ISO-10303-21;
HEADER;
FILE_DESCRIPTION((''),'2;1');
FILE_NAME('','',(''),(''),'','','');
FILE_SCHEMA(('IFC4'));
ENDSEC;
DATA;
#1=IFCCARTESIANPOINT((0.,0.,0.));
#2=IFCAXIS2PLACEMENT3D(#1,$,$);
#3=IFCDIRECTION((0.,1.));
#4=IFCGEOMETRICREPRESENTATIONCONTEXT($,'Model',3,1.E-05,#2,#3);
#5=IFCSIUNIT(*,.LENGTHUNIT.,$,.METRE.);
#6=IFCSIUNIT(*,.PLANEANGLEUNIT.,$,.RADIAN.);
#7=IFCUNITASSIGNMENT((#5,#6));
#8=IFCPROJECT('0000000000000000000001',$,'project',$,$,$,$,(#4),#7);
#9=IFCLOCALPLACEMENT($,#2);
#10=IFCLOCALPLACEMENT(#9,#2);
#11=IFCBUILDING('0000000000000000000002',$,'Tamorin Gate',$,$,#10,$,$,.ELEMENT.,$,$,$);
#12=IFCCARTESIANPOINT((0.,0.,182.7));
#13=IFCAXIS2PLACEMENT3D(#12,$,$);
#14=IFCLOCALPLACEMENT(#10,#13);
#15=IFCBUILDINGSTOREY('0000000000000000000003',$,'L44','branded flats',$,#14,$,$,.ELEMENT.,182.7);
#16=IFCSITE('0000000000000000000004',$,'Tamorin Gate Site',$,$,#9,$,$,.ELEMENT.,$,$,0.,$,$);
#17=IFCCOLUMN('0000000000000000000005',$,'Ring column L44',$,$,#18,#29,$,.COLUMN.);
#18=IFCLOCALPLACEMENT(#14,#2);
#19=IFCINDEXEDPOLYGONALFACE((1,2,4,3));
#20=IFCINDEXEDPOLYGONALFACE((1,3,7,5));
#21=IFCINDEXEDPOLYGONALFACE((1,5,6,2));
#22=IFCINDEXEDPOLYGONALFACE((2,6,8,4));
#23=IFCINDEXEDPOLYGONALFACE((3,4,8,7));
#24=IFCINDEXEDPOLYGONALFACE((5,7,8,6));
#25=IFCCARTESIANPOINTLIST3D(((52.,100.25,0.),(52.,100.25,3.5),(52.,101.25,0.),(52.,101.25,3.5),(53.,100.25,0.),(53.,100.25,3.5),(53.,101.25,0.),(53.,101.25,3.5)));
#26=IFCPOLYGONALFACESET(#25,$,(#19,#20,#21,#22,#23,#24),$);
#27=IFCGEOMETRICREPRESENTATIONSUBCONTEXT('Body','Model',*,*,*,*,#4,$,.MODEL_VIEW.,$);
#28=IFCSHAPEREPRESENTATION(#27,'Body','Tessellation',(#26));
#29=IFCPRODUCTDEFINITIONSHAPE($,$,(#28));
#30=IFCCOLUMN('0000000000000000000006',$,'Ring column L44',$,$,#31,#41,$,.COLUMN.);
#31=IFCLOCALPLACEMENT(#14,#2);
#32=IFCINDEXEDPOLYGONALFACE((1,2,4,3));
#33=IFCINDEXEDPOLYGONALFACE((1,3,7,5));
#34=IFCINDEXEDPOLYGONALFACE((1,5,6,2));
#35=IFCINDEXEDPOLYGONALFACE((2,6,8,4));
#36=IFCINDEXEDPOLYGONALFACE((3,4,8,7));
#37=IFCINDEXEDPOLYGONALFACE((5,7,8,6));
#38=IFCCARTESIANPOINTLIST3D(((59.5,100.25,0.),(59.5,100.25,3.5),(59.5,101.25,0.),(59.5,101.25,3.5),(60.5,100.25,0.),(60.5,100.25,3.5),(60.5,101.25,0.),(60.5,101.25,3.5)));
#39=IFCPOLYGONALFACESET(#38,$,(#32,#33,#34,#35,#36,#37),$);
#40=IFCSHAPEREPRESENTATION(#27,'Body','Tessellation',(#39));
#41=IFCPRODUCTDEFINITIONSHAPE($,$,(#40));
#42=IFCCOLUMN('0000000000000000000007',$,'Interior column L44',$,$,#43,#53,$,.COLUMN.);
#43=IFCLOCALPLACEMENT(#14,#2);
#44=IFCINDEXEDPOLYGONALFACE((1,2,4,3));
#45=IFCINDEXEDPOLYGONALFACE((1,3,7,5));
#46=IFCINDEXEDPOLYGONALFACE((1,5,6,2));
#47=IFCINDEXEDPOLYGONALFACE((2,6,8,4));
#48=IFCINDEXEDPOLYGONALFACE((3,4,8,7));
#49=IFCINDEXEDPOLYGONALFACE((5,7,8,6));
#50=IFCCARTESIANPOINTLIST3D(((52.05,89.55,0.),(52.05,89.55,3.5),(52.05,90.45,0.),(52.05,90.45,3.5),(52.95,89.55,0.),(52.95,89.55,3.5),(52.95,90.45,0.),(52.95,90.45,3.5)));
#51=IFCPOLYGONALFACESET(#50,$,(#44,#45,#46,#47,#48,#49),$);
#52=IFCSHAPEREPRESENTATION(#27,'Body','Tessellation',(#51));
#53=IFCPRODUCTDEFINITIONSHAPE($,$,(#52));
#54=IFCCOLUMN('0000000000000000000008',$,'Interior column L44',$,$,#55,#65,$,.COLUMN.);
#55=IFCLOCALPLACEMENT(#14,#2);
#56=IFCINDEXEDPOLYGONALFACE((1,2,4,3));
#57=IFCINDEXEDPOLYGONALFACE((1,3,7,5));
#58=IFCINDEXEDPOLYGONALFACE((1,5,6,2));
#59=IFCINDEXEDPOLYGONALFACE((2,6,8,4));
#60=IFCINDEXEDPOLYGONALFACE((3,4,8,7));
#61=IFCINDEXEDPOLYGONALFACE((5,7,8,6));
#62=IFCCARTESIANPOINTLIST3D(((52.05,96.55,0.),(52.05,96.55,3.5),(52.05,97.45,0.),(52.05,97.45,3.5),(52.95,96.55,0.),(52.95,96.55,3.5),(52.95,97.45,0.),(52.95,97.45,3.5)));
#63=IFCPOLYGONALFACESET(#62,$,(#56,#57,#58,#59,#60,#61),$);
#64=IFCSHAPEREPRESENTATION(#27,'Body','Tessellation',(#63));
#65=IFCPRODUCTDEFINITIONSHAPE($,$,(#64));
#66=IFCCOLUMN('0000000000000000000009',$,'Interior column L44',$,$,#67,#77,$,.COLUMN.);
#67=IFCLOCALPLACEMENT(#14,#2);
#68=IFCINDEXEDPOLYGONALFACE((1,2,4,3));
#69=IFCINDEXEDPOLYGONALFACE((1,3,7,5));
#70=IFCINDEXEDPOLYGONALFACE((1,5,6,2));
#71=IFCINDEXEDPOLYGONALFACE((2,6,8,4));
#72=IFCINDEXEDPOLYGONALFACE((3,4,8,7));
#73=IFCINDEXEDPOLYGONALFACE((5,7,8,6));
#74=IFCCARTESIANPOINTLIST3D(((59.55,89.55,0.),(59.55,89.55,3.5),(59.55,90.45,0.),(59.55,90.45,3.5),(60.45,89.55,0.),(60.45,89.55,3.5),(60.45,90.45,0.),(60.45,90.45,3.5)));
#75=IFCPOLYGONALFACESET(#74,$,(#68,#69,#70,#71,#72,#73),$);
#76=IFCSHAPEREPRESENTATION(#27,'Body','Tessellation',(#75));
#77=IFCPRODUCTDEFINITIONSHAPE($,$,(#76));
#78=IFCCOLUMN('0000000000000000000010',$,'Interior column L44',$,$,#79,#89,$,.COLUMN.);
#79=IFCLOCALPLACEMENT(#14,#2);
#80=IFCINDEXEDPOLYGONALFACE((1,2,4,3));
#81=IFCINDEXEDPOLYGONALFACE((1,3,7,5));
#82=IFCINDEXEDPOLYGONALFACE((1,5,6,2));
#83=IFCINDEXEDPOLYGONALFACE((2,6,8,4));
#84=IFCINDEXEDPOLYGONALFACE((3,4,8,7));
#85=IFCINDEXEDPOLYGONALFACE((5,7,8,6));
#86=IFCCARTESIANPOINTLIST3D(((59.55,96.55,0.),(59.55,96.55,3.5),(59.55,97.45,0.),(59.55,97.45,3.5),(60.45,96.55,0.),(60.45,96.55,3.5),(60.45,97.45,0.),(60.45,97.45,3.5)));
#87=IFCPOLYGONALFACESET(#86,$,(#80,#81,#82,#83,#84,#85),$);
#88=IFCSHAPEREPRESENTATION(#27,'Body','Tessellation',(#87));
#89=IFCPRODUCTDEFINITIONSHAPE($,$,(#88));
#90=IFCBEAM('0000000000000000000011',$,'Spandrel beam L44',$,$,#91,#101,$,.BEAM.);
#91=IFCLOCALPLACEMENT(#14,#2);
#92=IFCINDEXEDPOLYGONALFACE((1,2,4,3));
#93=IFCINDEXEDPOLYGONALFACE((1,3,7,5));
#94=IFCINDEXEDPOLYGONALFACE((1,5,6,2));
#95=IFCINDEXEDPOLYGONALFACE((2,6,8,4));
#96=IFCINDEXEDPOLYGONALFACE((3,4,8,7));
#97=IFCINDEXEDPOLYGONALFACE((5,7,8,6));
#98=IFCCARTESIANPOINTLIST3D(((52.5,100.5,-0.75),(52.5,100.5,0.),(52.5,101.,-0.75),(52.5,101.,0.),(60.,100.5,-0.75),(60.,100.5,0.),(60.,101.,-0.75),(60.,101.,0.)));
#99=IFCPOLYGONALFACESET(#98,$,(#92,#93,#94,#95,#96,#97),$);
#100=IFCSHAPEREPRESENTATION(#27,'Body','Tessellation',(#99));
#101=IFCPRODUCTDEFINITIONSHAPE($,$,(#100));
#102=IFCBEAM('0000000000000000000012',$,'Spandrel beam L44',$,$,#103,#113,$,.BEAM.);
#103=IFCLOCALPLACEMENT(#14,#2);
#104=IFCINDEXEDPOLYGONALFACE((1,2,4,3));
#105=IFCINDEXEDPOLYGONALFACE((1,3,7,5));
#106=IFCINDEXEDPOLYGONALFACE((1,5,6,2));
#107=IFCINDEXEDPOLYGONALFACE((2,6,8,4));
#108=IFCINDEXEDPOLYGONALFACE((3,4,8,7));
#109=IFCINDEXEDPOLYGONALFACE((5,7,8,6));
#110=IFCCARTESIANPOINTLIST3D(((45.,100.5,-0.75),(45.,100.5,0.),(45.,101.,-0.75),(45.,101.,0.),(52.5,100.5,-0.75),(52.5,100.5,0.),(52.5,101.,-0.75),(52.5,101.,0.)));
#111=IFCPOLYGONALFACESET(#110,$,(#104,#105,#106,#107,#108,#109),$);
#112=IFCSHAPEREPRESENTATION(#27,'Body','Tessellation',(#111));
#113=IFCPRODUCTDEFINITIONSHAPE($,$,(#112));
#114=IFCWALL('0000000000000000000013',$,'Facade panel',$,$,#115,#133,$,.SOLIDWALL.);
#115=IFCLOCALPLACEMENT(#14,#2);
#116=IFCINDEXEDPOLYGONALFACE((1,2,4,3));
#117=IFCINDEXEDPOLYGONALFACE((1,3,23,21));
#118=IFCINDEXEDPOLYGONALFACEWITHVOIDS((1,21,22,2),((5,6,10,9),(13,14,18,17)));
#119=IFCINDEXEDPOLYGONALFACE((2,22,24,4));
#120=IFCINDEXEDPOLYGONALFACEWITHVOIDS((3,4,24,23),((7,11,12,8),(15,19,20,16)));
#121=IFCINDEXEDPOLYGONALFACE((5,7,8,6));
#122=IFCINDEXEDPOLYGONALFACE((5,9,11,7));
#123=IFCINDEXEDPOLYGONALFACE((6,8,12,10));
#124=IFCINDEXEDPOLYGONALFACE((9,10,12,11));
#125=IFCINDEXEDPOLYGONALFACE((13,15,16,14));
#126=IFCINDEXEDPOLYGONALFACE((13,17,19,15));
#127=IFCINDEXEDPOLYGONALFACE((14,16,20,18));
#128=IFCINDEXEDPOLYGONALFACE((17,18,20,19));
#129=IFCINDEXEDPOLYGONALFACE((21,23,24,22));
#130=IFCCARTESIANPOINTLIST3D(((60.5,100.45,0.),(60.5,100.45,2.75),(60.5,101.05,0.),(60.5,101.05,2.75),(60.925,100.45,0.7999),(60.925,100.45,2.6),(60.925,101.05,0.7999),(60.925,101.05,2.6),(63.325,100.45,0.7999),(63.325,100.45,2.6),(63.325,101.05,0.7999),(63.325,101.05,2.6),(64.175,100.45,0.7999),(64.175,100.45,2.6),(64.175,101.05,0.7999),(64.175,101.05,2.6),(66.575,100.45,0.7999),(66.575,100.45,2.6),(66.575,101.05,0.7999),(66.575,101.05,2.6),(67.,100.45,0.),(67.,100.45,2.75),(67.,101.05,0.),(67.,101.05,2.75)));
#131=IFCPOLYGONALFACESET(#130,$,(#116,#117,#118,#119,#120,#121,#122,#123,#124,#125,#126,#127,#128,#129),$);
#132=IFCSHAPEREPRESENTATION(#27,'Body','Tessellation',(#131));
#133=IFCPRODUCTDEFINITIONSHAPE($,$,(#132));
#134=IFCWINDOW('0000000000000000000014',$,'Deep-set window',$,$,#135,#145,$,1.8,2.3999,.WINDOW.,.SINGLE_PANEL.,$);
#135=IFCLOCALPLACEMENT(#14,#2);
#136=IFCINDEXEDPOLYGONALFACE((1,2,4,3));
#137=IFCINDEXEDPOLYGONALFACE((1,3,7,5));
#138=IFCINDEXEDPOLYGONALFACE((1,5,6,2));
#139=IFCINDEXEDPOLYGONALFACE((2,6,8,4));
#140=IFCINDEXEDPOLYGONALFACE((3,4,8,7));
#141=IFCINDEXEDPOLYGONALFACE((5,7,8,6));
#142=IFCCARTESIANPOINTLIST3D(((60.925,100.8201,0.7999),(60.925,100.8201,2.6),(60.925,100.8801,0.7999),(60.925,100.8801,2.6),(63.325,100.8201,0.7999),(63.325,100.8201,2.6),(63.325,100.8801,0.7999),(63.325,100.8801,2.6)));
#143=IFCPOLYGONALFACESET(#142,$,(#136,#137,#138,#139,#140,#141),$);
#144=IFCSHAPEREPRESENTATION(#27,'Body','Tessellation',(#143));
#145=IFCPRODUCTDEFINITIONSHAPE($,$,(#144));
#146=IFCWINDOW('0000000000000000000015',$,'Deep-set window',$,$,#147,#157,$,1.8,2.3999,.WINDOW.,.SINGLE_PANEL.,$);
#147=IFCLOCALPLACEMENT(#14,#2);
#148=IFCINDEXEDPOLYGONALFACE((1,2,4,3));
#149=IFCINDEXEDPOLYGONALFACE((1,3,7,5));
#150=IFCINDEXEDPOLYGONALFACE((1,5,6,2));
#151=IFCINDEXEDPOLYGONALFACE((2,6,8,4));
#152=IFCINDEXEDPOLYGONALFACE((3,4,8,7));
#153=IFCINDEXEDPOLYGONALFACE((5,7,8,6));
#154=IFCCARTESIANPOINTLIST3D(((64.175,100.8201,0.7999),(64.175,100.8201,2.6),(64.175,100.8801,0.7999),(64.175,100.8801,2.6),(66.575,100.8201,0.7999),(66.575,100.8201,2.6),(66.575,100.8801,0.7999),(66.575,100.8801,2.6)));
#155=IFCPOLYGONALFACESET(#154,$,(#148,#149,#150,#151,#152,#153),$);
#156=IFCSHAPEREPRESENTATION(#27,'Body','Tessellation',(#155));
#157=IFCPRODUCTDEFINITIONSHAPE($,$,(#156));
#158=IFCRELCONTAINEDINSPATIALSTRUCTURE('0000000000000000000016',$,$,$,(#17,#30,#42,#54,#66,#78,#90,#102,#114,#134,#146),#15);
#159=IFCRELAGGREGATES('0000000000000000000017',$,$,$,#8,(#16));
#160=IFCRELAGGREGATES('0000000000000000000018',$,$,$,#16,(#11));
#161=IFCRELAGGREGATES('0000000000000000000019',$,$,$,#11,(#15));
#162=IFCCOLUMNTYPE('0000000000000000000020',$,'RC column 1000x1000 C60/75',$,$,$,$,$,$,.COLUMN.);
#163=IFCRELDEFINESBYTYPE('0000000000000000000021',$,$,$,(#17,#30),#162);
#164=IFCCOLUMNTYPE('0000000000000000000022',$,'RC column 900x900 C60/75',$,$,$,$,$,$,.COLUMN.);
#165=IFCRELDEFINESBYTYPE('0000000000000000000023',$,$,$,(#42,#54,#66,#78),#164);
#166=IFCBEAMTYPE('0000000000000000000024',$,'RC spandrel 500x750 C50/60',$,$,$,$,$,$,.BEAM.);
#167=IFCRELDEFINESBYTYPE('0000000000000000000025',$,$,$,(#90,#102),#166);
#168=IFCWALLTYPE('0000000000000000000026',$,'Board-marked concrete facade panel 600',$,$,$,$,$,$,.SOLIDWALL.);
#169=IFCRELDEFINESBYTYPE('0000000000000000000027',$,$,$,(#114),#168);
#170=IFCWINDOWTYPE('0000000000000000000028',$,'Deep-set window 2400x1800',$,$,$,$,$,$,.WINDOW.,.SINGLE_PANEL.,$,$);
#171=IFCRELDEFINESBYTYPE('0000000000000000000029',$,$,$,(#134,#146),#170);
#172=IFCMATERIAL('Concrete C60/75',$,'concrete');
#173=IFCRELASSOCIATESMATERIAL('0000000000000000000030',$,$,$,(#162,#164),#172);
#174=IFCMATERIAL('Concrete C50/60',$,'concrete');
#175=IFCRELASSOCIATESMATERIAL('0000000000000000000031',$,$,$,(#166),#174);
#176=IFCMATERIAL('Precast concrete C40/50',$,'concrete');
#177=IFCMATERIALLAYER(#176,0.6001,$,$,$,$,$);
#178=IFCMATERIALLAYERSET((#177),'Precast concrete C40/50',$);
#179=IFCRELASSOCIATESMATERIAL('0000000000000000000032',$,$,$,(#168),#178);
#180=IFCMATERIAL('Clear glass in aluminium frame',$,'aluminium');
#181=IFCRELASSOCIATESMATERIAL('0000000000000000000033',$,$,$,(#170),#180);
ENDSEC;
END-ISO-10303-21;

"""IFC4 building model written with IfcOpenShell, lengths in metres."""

from ifc_helpers import new_model, si_unit, direction, frame, frame_2d, origin, origin_2d, place, context, subcontext, project, spatial, rectangle, extrude, material, layer, layer_set, material_profile, profile_set, type_object, element, fill, save


model = new_model("IFC4")

# Units and contexts
model_context = context("Model", 3, precision=1e-05, world=origin(), true_north=direction((0.0, 1.0)))
body_context = subcontext(model_context, "Body", "Model", "MODEL_VIEW")
ifc_project = project(units=[si_unit("LENGTHUNIT", "METRE"), si_unit("PLANEANGLEUNIT", "RADIAN")], contexts=[model_context])

# Site, building, storey
site_placement = place(None, origin())
site = spatial("IfcSite", under=ifc_project, at=site_placement, Name="Tamorin Gate Site", CompositionType="ELEMENT", RefElevation=0.0)
building_placement = place(site_placement, origin())
building = spatial("IfcBuilding", under=site, at=building_placement, Name="Tamorin Gate", CompositionType="ELEMENT")
storey_placement = place(building_placement, frame((0.0, 0.0, 182.7)))
storey = spatial("IfcBuildingStorey", under=building, at=storey_placement, Name="L44", Description="branded flats", CompositionType="ELEMENT", Elevation=182.7)

# Columns
ifc_material_1 = material(Name="Concrete C60/75", Category="concrete")
ifc_material_profile_1 = material_profile(ifc_material_1, rectangle(XDim=1.0, YDim=1.0, at=origin_2d()), Name="RC 1000x1000")
ifc_profile_set_1 = profile_set([ifc_material_profile_1], Name="Concrete C60/75")
column_type_1 = type_object("IfcColumnType", Name="RC column 1000x1000 C60/75", PredefinedType="COLUMN", material=ifc_profile_set_1)
for number, where, z_axis, x_axis, name in (
    (1, (52.5, 100.75, 0.0), (0.0, 0.0, 1.0), (1.0, 0.0, 0.0), "Ring column L44"),
    (2, (60.0, 100.75, 0.0), (0.0, 0.0, 1.0), (1.0, 0.0, 0.0), "Ring column L44"),
):
    element("IfcColumn", number, at=place(storey_placement, frame(where, z_axis=z_axis, x_axis=x_axis)), inside=storey, type_object=column_type_1, Name=name, PredefinedType="COLUMN", context=body_context, shape_type="SweptSolid", body=[
        extrude(rectangle(XDim=1.0, YDim=1.0, at=origin_2d()), origin(), (0.0, 0.0, 1.0), 3.5),
    ])
ifc_material_profile_2 = material_profile(ifc_material_1, rectangle(XDim=0.8999, YDim=0.8999, at=origin_2d()), Name="RC 900x900")
ifc_profile_set_2 = profile_set([ifc_material_profile_2], Name="Concrete C60/75")
column_type_2 = type_object("IfcColumnType", Name="RC column 900x900 C60/75", PredefinedType="COLUMN", material=ifc_profile_set_2)
for number, where, z_axis, x_axis, name in (
    (3, (52.5, 90.0, 0.0), (0.0, 0.0, 1.0), (1.0, 0.0, 0.0), "Interior column L44"),
    (4, (52.5, 97.0, 0.0), (0.0, 0.0, 1.0), (1.0, 0.0, 0.0), "Interior column L44"),
    (5, (60.0, 90.0, 0.0), (0.0, 0.0, 1.0), (1.0, 0.0, 0.0), "Interior column L44"),
    (6, (60.0, 97.0, 0.0), (0.0, 0.0, 1.0), (1.0, 0.0, 0.0), "Interior column L44"),
):
    element("IfcColumn", number, at=place(storey_placement, frame(where, z_axis=z_axis, x_axis=x_axis)), inside=storey, type_object=column_type_2, Name=name, PredefinedType="COLUMN", context=body_context, shape_type="SweptSolid", body=[
        extrude(rectangle(XDim=0.8999, YDim=0.8999, at=origin_2d()), origin(), (0.0, 0.0, 1.0), 3.5),
    ])

# Beams
ifc_material_2 = material(Name="Concrete C50/60", Category="concrete")
ifc_material_profile_3 = material_profile(ifc_material_2, rectangle(XDim=0.5, YDim=0.75, at=origin_2d()), Name="RC 500x750")
ifc_profile_set_3 = profile_set([ifc_material_profile_3], Name="Concrete C50/60")
beam_type = type_object("IfcBeamType", Name="RC spandrel 500x750 C50/60", PredefinedType="BEAM", material=ifc_profile_set_3)
for number, where, z_axis, x_axis, name in (
    (7, (60.0, 100.75, -0.375), (-1.0, 0.0, 0.0), (0.0, -1.0, 0.0), "Spandrel beam L44"),
    (8, (52.5, 100.75, -0.375), (-1.0, 0.0, 0.0), (0.0, -1.0, 0.0), "Spandrel beam L44"),
):
    element("IfcBeam", number, at=place(storey_placement, frame(where, z_axis=z_axis, x_axis=x_axis)), inside=storey, type_object=beam_type, Name=name, PredefinedType="BEAM", context=body_context, shape_type="SweptSolid", body=[
        extrude(rectangle(XDim=0.5, YDim=0.75, at=origin_2d()), origin(), (0.0, 0.0, 1.0), 7.5),
    ])

# Wall, openings, windows
ifc_material_3 = material(Name="Precast concrete C40/50", Category="concrete")
ifc_layer_1 = layer(ifc_material_3, 0.6001)
ifc_layer_set_1 = layer_set([ifc_layer_1], Name="Precast concrete C40/50")
wall_type_1 = type_object("IfcWallType", Name="Board-marked concrete facade panel 600", PredefinedType="SOLIDWALL", material=ifc_layer_set_1)
wall_1_placement = place(storey_placement, frame((67.0, 100.75, 0.0), z_axis=(0.0, 0.0, 1.0), x_axis=(-1.0, 0.0, 0.0)))
wall_1 = element("IfcWall", 9, at=wall_1_placement, inside=storey, type_object=wall_type_1, Name="Facade panel", PredefinedType="SOLIDWALL", context=body_context, shape_type="SweptSolid", body=[
    extrude(rectangle(XDim=6.5, YDim=0.6001, at=frame_2d((3.25, 0.0))), origin(), (0.0, 0.0, 1.0), 2.75),
])
opening_1_placement = place(wall_1_placement, frame((3.675, 0.0, 0.8)))
opening_1 = element("IfcOpeningElement", 10, at=opening_1_placement, cuts=wall_1, PredefinedType="OPENING", context=body_context, shape_type="SweptSolid", body=[
    extrude(rectangle(XDim=2.3999, YDim=1.8, at=frame_2d((1.2, 0.8999))), frame((0.0, 0.3101, 0.0), z_axis=(0.0, -1.0, 0.0), x_axis=(1.0, 0.0, 0.0)), (0.0, 0.0, 1.0), 0.6201),
])
opening_2_placement = place(wall_1_placement, frame((0.425, 0.0, 0.8)))
opening_2 = element("IfcOpeningElement", 11, at=opening_2_placement, cuts=wall_1, PredefinedType="OPENING", context=body_context, shape_type="SweptSolid", body=[
    extrude(rectangle(XDim=2.3999, YDim=1.8, at=frame_2d((1.2, 0.8999))), frame((0.0, 0.3101, 0.0), z_axis=(0.0, -1.0, 0.0), x_axis=(1.0, 0.0, 0.0)), (0.0, 0.0, 1.0), 0.6201),
])
ifc_material_4 = material(Name="Clear glass in aluminium frame", Category="aluminium")
window_type = type_object("IfcWindowType", Name="Deep-set window 2400x1800", PartitioningType="SINGLE_PANEL", PredefinedType="WINDOW", material=ifc_material_4)
window_1_placement = place(opening_1_placement, origin())
window_1 = element("IfcWindow", 12, at=window_1_placement, inside=storey, type_object=window_type, Name="Deep-set window", OverallHeight=1.8, OverallWidth=2.3999, PartitioningType="SINGLE_PANEL", PredefinedType="WINDOW", context=body_context, shape_type="SweptSolid", body=[
    extrude(rectangle(XDim=2.3999, YDim=1.8, at=frame_2d((1.2, 0.8999))), frame((0.0, -0.0701, 0.0), z_axis=(0.0, -1.0, 0.0), x_axis=(1.0, 0.0, 0.0)), (0.0, 0.0, 1.0), 0.0601),
])
fill(opening_1, window_1)
window_2_placement = place(opening_2_placement, origin())
window_2 = element("IfcWindow", 13, at=window_2_placement, inside=storey, type_object=window_type, Name="Deep-set window", OverallHeight=1.8, OverallWidth=2.3999, PartitioningType="SINGLE_PANEL", PredefinedType="WINDOW", context=body_context, shape_type="SweptSolid", body=[
    extrude(rectangle(XDim=2.3999, YDim=1.8, at=frame_2d((1.2, 0.8999))), frame((0.0, -0.0701, 0.0), z_axis=(0.0, -1.0, 0.0), x_axis=(1.0, 0.0, 0.0)), (0.0, 0.0, 1.0), 0.0601),
])
fill(opening_2, window_2)

save(model, "model.ifc")
